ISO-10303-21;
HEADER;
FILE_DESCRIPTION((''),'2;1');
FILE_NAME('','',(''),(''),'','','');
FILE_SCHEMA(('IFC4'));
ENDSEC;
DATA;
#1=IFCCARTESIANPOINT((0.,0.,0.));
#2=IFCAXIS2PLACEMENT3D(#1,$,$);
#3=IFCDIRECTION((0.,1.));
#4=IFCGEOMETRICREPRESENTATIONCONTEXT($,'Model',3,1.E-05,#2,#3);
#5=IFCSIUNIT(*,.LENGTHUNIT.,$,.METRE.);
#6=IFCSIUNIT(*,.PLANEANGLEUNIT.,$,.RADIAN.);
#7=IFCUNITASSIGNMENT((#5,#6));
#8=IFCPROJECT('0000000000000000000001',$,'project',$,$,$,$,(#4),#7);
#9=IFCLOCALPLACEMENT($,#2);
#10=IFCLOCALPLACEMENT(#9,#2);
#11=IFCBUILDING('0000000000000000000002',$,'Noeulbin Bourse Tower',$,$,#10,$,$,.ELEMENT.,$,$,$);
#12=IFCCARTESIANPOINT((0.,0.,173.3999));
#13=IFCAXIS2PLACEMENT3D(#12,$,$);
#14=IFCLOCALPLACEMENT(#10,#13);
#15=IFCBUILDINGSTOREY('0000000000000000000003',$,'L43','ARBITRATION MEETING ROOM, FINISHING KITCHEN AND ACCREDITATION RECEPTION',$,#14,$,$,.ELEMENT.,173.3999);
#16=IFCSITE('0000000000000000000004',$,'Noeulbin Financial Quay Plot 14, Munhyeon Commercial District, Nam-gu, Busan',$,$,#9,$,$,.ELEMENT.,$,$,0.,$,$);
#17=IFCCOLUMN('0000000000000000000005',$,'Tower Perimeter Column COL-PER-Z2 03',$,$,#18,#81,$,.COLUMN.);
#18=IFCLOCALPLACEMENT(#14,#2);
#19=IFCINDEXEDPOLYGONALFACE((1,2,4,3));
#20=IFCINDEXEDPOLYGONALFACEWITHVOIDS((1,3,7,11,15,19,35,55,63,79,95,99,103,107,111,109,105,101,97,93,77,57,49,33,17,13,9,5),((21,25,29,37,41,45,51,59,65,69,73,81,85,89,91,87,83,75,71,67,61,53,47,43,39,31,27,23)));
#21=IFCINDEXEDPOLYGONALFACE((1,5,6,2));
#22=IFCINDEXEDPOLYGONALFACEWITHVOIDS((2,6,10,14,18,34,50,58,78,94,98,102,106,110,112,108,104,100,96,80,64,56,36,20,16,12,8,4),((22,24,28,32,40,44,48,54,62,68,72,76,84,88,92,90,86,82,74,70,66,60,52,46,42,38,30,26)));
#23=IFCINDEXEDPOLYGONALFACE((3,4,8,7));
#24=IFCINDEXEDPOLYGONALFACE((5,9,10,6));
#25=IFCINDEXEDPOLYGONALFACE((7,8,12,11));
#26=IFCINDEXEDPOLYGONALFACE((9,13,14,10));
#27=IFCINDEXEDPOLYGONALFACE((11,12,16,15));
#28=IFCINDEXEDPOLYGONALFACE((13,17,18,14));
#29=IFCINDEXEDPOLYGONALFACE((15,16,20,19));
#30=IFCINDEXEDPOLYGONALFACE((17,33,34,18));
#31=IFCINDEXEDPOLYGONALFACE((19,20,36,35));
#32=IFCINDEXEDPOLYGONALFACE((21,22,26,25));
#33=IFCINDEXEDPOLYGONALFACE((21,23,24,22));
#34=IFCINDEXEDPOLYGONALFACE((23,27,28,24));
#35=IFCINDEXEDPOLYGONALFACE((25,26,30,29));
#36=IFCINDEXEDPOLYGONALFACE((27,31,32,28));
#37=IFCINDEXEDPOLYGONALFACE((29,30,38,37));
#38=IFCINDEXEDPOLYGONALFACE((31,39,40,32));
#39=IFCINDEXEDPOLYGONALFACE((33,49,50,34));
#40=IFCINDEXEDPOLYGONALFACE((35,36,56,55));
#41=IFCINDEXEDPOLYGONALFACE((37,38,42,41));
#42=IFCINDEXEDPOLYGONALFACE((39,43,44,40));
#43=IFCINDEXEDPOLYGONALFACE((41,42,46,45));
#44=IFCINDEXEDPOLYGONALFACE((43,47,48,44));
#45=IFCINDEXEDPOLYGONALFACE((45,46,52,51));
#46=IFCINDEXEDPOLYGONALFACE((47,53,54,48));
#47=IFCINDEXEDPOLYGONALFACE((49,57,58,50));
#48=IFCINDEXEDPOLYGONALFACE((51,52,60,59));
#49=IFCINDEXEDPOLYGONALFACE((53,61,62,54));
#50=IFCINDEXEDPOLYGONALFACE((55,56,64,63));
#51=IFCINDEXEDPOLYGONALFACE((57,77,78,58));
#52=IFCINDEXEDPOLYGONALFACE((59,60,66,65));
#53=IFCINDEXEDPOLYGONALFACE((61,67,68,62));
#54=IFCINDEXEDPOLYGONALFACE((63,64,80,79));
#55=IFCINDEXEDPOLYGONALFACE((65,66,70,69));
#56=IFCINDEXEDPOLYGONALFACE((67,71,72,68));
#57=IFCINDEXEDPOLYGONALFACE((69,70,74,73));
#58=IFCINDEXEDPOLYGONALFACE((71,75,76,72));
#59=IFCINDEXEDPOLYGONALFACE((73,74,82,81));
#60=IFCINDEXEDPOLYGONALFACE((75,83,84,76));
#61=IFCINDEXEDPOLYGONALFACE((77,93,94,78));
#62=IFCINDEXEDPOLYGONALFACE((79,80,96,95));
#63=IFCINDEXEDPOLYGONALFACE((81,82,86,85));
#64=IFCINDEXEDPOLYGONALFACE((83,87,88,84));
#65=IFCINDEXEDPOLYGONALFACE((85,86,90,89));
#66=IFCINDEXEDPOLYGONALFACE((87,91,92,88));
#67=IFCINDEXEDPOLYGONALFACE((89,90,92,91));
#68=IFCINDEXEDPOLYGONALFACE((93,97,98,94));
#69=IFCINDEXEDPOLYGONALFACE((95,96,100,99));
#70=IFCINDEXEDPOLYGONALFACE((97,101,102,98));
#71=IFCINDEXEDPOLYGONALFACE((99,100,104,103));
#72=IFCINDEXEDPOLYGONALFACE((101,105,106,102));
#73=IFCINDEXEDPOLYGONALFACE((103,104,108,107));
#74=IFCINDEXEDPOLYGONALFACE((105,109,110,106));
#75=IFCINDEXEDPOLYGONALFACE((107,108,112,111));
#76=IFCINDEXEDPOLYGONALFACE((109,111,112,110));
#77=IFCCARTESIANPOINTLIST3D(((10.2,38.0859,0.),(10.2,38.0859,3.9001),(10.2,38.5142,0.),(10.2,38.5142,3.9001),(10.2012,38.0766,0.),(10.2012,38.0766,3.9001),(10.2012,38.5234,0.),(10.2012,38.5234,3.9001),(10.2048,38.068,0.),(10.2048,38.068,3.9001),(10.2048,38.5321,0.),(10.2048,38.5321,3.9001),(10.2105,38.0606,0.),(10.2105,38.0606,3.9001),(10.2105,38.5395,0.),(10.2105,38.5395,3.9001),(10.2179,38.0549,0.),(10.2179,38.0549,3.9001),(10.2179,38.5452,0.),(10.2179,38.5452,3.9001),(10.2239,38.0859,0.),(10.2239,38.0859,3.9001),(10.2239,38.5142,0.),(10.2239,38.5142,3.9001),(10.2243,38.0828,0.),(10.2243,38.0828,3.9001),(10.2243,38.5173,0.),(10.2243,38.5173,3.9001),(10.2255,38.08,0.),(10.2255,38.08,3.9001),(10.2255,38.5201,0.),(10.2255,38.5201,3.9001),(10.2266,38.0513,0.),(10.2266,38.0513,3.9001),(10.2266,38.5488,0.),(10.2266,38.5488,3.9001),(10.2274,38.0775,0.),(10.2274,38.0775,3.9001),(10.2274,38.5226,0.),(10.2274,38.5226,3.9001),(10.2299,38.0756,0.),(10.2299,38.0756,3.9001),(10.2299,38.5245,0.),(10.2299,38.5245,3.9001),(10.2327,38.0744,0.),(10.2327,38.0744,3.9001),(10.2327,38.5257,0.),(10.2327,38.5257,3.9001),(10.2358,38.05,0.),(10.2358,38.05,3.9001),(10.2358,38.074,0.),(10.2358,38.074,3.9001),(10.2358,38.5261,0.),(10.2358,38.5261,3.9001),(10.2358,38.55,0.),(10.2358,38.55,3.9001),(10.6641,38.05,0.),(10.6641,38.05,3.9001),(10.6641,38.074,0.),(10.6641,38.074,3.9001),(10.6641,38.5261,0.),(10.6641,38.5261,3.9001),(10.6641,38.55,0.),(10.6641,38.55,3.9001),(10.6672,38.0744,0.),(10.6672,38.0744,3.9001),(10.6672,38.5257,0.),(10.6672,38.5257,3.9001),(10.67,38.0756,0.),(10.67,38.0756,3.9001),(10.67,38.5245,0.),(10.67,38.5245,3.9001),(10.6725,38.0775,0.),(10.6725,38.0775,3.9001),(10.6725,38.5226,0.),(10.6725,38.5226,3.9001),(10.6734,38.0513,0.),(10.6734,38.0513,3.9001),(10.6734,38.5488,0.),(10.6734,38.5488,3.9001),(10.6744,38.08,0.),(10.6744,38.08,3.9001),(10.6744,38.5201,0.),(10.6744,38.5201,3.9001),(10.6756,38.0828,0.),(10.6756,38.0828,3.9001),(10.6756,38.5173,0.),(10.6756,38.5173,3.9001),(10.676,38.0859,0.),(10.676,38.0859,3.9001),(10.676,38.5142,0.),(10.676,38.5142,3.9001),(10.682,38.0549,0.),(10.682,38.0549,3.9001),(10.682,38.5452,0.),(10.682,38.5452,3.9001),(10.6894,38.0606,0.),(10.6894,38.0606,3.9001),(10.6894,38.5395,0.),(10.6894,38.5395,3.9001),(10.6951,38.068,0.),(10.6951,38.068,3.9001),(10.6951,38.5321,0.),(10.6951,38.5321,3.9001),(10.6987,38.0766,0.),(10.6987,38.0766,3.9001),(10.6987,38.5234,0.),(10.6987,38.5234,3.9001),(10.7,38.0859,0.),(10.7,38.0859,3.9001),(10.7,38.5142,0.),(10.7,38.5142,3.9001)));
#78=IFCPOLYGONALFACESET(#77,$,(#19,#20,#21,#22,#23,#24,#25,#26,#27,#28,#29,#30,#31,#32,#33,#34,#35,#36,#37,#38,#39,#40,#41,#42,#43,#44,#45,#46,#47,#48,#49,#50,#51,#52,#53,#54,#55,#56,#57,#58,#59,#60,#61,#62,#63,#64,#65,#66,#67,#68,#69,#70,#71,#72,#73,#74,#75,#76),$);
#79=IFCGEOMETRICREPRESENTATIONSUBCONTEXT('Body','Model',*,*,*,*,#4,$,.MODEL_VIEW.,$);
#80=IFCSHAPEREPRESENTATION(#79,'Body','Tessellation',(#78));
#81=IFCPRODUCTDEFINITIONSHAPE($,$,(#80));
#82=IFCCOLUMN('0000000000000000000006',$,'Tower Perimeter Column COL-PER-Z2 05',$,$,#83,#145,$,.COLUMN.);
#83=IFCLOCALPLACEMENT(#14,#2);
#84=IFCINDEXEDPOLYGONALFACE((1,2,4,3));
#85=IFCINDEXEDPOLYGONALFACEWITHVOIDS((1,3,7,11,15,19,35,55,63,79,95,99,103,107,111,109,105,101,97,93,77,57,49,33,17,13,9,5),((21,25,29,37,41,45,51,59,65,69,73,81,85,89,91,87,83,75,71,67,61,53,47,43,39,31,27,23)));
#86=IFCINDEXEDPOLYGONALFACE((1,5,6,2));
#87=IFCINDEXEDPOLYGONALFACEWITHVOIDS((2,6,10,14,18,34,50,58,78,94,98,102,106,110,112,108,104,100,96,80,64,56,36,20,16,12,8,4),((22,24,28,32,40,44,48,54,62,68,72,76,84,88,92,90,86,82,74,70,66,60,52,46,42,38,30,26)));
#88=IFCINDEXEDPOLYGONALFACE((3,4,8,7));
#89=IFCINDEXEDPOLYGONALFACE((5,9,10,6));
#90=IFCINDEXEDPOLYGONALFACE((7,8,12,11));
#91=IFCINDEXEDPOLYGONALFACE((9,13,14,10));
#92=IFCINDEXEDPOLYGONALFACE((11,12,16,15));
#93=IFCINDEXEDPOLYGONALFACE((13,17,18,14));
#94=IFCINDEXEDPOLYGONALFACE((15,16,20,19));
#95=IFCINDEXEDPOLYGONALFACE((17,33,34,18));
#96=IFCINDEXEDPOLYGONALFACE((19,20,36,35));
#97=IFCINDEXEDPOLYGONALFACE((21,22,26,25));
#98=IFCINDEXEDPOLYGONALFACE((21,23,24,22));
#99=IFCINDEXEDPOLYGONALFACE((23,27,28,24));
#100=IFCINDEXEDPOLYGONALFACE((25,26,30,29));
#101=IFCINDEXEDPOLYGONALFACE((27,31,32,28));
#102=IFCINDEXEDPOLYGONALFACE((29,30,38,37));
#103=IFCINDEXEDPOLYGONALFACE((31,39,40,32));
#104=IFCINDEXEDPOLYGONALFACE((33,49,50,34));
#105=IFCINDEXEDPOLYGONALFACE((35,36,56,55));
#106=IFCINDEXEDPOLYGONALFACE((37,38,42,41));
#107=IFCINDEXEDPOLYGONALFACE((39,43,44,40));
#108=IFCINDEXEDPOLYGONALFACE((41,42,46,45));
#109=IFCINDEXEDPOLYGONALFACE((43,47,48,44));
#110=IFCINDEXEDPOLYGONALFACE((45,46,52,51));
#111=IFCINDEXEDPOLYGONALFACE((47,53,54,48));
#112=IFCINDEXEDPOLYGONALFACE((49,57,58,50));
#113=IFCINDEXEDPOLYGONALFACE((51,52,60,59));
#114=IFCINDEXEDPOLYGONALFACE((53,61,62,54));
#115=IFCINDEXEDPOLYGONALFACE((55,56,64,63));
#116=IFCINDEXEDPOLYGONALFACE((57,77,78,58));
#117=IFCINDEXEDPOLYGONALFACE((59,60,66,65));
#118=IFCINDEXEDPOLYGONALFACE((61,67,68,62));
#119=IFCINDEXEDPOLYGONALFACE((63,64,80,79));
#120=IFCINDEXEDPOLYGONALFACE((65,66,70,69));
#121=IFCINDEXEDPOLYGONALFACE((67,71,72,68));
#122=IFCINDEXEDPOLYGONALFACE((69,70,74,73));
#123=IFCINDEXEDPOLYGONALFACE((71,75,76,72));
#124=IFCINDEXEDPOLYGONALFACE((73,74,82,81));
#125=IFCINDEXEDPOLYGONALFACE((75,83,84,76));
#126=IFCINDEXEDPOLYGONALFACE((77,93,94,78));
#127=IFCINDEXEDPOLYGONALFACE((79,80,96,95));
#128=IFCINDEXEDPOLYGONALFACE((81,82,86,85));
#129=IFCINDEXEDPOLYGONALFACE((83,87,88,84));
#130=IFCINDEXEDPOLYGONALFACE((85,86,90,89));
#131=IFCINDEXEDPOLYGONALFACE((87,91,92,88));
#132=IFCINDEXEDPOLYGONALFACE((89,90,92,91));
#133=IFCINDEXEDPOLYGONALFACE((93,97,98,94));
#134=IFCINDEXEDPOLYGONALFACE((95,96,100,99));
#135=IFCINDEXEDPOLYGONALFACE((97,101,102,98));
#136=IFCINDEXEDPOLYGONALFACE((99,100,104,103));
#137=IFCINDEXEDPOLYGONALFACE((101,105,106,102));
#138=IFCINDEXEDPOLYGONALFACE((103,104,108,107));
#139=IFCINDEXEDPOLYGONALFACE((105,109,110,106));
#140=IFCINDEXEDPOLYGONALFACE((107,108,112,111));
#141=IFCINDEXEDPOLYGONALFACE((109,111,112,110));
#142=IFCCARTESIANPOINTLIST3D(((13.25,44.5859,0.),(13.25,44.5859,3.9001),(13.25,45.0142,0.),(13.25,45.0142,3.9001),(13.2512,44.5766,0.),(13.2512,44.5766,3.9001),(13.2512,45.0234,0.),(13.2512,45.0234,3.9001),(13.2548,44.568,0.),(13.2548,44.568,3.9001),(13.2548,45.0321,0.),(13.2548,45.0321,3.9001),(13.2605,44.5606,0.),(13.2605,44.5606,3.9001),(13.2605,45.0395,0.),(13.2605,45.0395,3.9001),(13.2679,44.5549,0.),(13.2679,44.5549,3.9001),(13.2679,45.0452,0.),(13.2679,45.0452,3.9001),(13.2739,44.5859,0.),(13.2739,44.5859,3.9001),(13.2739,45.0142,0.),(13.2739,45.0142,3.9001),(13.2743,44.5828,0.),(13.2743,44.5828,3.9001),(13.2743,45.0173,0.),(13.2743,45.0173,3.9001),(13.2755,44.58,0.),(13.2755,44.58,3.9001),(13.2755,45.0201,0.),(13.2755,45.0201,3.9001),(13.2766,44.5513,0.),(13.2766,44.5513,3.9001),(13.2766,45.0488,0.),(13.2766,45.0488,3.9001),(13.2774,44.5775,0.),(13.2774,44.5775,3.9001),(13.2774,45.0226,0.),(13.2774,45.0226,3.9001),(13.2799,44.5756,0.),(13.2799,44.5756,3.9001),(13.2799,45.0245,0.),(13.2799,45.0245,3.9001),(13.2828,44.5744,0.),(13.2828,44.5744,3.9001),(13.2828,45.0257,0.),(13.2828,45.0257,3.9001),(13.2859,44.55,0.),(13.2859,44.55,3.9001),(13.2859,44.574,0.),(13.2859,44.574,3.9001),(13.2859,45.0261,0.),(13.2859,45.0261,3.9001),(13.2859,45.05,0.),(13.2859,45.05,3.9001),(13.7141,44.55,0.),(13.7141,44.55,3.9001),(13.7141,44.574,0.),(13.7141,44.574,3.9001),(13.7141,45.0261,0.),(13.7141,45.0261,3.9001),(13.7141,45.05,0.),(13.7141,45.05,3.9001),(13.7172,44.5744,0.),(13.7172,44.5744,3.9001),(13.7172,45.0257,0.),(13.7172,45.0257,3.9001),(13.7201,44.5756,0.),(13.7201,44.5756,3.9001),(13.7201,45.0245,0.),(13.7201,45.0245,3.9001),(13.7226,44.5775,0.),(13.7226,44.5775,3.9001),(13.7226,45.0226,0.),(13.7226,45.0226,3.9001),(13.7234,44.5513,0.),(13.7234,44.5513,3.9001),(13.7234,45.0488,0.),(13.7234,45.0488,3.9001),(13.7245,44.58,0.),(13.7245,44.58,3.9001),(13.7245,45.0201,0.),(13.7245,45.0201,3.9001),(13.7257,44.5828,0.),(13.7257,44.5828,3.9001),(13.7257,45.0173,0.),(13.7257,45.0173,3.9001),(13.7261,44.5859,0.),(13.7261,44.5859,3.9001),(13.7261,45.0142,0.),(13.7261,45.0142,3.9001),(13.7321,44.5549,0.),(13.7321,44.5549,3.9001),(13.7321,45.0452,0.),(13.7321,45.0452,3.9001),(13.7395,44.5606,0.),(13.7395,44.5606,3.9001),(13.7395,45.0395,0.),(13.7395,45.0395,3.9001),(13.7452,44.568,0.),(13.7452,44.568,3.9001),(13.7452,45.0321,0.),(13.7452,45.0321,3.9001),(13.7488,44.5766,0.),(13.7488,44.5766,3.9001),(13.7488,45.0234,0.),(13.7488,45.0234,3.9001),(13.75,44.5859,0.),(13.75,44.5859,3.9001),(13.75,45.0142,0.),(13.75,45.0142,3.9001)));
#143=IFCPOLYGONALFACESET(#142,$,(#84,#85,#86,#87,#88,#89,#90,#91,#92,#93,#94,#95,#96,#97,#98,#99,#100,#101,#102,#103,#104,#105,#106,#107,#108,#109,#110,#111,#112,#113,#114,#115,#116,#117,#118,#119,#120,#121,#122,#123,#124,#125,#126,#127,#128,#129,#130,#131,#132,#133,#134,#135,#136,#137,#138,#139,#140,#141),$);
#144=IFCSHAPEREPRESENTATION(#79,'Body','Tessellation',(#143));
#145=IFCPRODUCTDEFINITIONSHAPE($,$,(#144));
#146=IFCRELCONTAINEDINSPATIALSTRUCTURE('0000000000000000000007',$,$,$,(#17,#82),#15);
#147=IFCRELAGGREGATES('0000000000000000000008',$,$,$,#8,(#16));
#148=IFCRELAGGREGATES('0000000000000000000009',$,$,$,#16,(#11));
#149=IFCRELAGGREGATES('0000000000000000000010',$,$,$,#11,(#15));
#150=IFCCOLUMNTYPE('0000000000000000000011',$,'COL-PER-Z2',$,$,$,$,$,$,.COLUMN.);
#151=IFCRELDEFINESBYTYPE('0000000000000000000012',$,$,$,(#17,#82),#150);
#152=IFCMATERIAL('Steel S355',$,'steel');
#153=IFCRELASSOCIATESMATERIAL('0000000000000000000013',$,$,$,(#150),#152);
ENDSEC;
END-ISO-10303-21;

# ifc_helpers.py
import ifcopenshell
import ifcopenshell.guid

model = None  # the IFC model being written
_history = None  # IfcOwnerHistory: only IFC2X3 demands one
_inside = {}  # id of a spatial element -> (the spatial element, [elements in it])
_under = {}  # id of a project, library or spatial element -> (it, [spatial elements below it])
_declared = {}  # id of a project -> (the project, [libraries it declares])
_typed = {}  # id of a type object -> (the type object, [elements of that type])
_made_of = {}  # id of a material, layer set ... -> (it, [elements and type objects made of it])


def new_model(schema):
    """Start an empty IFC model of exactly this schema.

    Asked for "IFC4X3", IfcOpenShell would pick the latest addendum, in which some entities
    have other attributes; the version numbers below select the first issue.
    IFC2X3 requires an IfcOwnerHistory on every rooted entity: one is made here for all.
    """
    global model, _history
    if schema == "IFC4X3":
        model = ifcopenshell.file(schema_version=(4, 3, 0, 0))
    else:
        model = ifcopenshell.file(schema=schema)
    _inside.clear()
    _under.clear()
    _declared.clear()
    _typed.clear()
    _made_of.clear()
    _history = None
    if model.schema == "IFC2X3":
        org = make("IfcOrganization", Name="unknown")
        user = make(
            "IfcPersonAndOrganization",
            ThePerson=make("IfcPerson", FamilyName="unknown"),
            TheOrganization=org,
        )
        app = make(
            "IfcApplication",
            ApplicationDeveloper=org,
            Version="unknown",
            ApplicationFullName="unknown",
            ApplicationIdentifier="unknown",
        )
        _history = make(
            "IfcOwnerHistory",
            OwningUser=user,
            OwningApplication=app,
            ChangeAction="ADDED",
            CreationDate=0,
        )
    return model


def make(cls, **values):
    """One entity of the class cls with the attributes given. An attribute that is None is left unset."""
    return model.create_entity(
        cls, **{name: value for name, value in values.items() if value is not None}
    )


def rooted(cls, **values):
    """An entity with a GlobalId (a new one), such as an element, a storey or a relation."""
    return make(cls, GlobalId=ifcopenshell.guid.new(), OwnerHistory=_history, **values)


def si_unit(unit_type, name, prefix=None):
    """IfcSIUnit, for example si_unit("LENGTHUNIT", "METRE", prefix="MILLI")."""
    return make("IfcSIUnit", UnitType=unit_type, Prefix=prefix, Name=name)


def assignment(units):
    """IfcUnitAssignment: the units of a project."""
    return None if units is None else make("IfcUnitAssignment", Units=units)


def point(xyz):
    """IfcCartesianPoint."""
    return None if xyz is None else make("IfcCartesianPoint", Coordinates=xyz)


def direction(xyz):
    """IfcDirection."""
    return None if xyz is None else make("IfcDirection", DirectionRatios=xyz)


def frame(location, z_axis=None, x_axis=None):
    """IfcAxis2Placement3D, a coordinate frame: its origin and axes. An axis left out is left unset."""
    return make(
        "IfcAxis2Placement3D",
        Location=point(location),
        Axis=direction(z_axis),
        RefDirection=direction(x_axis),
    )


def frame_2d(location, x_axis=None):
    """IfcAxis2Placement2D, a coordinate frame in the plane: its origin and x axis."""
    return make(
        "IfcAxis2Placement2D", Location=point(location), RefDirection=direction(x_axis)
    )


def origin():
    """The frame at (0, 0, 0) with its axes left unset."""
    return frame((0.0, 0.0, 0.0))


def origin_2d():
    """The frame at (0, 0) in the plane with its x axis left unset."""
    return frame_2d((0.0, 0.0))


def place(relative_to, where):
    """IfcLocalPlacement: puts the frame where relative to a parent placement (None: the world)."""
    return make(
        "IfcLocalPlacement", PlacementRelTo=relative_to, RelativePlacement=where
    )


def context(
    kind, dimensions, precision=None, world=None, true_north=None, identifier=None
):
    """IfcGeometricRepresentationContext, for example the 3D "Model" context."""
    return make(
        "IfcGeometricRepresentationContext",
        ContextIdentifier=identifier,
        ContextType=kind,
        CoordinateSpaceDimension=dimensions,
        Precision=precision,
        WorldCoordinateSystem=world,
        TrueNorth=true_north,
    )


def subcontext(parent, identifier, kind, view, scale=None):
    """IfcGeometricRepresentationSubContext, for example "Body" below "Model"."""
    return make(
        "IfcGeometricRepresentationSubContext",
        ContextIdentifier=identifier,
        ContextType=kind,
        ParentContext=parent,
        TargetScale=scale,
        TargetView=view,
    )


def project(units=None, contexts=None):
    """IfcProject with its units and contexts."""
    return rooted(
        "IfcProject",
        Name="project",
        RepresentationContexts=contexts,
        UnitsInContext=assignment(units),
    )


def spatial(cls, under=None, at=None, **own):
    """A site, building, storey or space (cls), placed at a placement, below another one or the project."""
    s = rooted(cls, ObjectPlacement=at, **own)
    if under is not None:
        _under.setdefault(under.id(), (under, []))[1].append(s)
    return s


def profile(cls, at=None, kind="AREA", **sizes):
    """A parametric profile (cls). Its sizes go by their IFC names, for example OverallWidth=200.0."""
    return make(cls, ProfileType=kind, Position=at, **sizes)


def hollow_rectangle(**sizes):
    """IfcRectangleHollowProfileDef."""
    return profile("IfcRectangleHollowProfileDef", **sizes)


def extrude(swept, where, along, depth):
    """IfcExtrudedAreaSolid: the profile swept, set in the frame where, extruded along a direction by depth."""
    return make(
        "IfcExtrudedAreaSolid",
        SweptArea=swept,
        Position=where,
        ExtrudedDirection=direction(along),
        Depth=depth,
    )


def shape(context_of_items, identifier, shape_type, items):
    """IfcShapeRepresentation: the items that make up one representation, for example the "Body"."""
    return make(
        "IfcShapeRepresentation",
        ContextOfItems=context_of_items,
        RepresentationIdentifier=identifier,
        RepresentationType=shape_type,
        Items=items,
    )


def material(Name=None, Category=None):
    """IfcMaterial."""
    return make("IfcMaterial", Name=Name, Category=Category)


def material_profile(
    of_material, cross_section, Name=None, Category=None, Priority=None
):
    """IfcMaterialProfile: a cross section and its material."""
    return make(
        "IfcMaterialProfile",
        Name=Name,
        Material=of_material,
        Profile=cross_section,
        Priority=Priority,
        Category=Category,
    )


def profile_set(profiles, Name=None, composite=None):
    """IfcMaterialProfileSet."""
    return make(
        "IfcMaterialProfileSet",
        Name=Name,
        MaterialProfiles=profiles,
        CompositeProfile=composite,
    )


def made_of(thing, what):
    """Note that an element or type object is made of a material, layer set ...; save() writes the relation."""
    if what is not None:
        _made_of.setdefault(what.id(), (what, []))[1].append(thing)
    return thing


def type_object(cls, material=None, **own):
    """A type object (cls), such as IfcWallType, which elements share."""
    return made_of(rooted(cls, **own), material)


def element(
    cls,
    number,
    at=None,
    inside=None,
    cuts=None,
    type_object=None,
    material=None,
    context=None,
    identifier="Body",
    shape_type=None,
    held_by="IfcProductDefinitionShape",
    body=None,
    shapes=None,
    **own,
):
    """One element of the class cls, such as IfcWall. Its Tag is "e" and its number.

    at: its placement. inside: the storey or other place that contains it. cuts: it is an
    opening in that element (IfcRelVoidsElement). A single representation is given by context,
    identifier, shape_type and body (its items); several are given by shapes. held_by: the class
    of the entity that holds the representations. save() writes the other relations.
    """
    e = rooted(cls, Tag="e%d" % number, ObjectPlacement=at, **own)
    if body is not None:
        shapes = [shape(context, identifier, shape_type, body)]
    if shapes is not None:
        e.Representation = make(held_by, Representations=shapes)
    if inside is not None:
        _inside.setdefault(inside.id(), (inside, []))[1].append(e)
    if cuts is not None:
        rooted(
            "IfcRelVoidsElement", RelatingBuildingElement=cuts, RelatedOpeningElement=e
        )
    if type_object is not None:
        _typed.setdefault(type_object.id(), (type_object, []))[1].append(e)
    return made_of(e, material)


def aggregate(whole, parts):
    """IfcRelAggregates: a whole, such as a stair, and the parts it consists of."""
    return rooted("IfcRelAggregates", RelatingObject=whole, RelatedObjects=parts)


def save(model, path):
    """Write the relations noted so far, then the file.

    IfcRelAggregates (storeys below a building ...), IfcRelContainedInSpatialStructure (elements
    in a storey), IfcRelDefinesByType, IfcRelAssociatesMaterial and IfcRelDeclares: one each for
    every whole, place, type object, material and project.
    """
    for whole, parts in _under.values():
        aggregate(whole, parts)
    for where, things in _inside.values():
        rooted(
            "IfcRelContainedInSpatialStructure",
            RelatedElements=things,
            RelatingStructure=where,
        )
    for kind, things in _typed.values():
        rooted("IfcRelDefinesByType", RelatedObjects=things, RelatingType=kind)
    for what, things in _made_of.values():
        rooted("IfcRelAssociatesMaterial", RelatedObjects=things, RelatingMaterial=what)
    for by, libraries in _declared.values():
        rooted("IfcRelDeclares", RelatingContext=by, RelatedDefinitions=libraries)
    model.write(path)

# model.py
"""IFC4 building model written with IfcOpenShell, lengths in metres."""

from ifc_helpers import new_model, si_unit, direction, frame, origin, origin_2d, place, context, subcontext, project, spatial, hollow_rectangle, extrude, material, material_profile, profile_set, type_object, element, save


model = new_model("IFC4")

# Units and contexts
model_context = context("Model", 3, precision=1e-05, world=origin(), true_north=direction((0.0, 1.0)))
body_context = subcontext(model_context, "Body", "Model", "MODEL_VIEW")
ifc_project = project(units=[si_unit("LENGTHUNIT", "METRE"), si_unit("PLANEANGLEUNIT", "RADIAN")], contexts=[model_context])

# Site, building, storey
site_placement = place(None, origin())
site = spatial("IfcSite", under=ifc_project, at=site_placement, Name="Noeulbin Financial Quay Plot 14, Munhyeon Commercial District, Nam-gu, Busan", CompositionType="ELEMENT", RefElevation=0.0)
building_placement = place(site_placement, origin())
building = spatial("IfcBuilding", under=site, at=building_placement, Name="Noeulbin Bourse Tower", CompositionType="ELEMENT")
storey_placement = place(building_placement, frame((0.0, 0.0, 173.3999)))
storey = spatial("IfcBuildingStorey", under=building, at=storey_placement, Name="L43", Description="ARBITRATION MEETING ROOM, FINISHING KITCHEN AND ACCREDITATION RECEPTION", CompositionType="ELEMENT", Elevation=173.3999)

# Columns
ifc_material_1 = material(Name="Steel S355", Category="steel")
ifc_material_profile_1 = material_profile(ifc_material_1, hollow_rectangle(XDim=0.5, YDim=0.5, WallThickness=0.0239, InnerFilletRadius=0.012, OuterFilletRadius=0.0359, at=origin_2d()), Name="BOX-500x500x24", Category="LoadBearing")
ifc_profile_set_1 = profile_set([ifc_material_profile_1], Name="Steel S355")
column_type_1 = type_object("IfcColumnType", Name="COL-PER-Z2", PredefinedType="COLUMN", material=ifc_profile_set_1)
for number, where, z_axis, x_axis, name in (
    (1, (10.45, 38.3, 0.0), (0.0, 0.0, 1.0), (1.0, 0.0, 0.0), "Tower Perimeter Column COL-PER-Z2 03"),
    (2, (13.5, 44.8, 0.0), (0.0, 0.0, 1.0), (1.0, 0.0, 0.0), "Tower Perimeter Column COL-PER-Z2 05"),
):
    element("IfcColumn", number, at=place(storey_placement, frame(where, z_axis=z_axis, x_axis=x_axis)), inside=storey, type_object=column_type_1, Name=name, PredefinedType="COLUMN", context=body_context, shape_type="SweptSolid", body=[
        extrude(hollow_rectangle(XDim=0.5, YDim=0.5, WallThickness=0.0239, InnerFilletRadius=0.012, OuterFilletRadius=0.0359, at=origin_2d()), origin(), (0.0, 0.0, 1.0), 3.9001),
    ])

save(model, "model.ifc")
